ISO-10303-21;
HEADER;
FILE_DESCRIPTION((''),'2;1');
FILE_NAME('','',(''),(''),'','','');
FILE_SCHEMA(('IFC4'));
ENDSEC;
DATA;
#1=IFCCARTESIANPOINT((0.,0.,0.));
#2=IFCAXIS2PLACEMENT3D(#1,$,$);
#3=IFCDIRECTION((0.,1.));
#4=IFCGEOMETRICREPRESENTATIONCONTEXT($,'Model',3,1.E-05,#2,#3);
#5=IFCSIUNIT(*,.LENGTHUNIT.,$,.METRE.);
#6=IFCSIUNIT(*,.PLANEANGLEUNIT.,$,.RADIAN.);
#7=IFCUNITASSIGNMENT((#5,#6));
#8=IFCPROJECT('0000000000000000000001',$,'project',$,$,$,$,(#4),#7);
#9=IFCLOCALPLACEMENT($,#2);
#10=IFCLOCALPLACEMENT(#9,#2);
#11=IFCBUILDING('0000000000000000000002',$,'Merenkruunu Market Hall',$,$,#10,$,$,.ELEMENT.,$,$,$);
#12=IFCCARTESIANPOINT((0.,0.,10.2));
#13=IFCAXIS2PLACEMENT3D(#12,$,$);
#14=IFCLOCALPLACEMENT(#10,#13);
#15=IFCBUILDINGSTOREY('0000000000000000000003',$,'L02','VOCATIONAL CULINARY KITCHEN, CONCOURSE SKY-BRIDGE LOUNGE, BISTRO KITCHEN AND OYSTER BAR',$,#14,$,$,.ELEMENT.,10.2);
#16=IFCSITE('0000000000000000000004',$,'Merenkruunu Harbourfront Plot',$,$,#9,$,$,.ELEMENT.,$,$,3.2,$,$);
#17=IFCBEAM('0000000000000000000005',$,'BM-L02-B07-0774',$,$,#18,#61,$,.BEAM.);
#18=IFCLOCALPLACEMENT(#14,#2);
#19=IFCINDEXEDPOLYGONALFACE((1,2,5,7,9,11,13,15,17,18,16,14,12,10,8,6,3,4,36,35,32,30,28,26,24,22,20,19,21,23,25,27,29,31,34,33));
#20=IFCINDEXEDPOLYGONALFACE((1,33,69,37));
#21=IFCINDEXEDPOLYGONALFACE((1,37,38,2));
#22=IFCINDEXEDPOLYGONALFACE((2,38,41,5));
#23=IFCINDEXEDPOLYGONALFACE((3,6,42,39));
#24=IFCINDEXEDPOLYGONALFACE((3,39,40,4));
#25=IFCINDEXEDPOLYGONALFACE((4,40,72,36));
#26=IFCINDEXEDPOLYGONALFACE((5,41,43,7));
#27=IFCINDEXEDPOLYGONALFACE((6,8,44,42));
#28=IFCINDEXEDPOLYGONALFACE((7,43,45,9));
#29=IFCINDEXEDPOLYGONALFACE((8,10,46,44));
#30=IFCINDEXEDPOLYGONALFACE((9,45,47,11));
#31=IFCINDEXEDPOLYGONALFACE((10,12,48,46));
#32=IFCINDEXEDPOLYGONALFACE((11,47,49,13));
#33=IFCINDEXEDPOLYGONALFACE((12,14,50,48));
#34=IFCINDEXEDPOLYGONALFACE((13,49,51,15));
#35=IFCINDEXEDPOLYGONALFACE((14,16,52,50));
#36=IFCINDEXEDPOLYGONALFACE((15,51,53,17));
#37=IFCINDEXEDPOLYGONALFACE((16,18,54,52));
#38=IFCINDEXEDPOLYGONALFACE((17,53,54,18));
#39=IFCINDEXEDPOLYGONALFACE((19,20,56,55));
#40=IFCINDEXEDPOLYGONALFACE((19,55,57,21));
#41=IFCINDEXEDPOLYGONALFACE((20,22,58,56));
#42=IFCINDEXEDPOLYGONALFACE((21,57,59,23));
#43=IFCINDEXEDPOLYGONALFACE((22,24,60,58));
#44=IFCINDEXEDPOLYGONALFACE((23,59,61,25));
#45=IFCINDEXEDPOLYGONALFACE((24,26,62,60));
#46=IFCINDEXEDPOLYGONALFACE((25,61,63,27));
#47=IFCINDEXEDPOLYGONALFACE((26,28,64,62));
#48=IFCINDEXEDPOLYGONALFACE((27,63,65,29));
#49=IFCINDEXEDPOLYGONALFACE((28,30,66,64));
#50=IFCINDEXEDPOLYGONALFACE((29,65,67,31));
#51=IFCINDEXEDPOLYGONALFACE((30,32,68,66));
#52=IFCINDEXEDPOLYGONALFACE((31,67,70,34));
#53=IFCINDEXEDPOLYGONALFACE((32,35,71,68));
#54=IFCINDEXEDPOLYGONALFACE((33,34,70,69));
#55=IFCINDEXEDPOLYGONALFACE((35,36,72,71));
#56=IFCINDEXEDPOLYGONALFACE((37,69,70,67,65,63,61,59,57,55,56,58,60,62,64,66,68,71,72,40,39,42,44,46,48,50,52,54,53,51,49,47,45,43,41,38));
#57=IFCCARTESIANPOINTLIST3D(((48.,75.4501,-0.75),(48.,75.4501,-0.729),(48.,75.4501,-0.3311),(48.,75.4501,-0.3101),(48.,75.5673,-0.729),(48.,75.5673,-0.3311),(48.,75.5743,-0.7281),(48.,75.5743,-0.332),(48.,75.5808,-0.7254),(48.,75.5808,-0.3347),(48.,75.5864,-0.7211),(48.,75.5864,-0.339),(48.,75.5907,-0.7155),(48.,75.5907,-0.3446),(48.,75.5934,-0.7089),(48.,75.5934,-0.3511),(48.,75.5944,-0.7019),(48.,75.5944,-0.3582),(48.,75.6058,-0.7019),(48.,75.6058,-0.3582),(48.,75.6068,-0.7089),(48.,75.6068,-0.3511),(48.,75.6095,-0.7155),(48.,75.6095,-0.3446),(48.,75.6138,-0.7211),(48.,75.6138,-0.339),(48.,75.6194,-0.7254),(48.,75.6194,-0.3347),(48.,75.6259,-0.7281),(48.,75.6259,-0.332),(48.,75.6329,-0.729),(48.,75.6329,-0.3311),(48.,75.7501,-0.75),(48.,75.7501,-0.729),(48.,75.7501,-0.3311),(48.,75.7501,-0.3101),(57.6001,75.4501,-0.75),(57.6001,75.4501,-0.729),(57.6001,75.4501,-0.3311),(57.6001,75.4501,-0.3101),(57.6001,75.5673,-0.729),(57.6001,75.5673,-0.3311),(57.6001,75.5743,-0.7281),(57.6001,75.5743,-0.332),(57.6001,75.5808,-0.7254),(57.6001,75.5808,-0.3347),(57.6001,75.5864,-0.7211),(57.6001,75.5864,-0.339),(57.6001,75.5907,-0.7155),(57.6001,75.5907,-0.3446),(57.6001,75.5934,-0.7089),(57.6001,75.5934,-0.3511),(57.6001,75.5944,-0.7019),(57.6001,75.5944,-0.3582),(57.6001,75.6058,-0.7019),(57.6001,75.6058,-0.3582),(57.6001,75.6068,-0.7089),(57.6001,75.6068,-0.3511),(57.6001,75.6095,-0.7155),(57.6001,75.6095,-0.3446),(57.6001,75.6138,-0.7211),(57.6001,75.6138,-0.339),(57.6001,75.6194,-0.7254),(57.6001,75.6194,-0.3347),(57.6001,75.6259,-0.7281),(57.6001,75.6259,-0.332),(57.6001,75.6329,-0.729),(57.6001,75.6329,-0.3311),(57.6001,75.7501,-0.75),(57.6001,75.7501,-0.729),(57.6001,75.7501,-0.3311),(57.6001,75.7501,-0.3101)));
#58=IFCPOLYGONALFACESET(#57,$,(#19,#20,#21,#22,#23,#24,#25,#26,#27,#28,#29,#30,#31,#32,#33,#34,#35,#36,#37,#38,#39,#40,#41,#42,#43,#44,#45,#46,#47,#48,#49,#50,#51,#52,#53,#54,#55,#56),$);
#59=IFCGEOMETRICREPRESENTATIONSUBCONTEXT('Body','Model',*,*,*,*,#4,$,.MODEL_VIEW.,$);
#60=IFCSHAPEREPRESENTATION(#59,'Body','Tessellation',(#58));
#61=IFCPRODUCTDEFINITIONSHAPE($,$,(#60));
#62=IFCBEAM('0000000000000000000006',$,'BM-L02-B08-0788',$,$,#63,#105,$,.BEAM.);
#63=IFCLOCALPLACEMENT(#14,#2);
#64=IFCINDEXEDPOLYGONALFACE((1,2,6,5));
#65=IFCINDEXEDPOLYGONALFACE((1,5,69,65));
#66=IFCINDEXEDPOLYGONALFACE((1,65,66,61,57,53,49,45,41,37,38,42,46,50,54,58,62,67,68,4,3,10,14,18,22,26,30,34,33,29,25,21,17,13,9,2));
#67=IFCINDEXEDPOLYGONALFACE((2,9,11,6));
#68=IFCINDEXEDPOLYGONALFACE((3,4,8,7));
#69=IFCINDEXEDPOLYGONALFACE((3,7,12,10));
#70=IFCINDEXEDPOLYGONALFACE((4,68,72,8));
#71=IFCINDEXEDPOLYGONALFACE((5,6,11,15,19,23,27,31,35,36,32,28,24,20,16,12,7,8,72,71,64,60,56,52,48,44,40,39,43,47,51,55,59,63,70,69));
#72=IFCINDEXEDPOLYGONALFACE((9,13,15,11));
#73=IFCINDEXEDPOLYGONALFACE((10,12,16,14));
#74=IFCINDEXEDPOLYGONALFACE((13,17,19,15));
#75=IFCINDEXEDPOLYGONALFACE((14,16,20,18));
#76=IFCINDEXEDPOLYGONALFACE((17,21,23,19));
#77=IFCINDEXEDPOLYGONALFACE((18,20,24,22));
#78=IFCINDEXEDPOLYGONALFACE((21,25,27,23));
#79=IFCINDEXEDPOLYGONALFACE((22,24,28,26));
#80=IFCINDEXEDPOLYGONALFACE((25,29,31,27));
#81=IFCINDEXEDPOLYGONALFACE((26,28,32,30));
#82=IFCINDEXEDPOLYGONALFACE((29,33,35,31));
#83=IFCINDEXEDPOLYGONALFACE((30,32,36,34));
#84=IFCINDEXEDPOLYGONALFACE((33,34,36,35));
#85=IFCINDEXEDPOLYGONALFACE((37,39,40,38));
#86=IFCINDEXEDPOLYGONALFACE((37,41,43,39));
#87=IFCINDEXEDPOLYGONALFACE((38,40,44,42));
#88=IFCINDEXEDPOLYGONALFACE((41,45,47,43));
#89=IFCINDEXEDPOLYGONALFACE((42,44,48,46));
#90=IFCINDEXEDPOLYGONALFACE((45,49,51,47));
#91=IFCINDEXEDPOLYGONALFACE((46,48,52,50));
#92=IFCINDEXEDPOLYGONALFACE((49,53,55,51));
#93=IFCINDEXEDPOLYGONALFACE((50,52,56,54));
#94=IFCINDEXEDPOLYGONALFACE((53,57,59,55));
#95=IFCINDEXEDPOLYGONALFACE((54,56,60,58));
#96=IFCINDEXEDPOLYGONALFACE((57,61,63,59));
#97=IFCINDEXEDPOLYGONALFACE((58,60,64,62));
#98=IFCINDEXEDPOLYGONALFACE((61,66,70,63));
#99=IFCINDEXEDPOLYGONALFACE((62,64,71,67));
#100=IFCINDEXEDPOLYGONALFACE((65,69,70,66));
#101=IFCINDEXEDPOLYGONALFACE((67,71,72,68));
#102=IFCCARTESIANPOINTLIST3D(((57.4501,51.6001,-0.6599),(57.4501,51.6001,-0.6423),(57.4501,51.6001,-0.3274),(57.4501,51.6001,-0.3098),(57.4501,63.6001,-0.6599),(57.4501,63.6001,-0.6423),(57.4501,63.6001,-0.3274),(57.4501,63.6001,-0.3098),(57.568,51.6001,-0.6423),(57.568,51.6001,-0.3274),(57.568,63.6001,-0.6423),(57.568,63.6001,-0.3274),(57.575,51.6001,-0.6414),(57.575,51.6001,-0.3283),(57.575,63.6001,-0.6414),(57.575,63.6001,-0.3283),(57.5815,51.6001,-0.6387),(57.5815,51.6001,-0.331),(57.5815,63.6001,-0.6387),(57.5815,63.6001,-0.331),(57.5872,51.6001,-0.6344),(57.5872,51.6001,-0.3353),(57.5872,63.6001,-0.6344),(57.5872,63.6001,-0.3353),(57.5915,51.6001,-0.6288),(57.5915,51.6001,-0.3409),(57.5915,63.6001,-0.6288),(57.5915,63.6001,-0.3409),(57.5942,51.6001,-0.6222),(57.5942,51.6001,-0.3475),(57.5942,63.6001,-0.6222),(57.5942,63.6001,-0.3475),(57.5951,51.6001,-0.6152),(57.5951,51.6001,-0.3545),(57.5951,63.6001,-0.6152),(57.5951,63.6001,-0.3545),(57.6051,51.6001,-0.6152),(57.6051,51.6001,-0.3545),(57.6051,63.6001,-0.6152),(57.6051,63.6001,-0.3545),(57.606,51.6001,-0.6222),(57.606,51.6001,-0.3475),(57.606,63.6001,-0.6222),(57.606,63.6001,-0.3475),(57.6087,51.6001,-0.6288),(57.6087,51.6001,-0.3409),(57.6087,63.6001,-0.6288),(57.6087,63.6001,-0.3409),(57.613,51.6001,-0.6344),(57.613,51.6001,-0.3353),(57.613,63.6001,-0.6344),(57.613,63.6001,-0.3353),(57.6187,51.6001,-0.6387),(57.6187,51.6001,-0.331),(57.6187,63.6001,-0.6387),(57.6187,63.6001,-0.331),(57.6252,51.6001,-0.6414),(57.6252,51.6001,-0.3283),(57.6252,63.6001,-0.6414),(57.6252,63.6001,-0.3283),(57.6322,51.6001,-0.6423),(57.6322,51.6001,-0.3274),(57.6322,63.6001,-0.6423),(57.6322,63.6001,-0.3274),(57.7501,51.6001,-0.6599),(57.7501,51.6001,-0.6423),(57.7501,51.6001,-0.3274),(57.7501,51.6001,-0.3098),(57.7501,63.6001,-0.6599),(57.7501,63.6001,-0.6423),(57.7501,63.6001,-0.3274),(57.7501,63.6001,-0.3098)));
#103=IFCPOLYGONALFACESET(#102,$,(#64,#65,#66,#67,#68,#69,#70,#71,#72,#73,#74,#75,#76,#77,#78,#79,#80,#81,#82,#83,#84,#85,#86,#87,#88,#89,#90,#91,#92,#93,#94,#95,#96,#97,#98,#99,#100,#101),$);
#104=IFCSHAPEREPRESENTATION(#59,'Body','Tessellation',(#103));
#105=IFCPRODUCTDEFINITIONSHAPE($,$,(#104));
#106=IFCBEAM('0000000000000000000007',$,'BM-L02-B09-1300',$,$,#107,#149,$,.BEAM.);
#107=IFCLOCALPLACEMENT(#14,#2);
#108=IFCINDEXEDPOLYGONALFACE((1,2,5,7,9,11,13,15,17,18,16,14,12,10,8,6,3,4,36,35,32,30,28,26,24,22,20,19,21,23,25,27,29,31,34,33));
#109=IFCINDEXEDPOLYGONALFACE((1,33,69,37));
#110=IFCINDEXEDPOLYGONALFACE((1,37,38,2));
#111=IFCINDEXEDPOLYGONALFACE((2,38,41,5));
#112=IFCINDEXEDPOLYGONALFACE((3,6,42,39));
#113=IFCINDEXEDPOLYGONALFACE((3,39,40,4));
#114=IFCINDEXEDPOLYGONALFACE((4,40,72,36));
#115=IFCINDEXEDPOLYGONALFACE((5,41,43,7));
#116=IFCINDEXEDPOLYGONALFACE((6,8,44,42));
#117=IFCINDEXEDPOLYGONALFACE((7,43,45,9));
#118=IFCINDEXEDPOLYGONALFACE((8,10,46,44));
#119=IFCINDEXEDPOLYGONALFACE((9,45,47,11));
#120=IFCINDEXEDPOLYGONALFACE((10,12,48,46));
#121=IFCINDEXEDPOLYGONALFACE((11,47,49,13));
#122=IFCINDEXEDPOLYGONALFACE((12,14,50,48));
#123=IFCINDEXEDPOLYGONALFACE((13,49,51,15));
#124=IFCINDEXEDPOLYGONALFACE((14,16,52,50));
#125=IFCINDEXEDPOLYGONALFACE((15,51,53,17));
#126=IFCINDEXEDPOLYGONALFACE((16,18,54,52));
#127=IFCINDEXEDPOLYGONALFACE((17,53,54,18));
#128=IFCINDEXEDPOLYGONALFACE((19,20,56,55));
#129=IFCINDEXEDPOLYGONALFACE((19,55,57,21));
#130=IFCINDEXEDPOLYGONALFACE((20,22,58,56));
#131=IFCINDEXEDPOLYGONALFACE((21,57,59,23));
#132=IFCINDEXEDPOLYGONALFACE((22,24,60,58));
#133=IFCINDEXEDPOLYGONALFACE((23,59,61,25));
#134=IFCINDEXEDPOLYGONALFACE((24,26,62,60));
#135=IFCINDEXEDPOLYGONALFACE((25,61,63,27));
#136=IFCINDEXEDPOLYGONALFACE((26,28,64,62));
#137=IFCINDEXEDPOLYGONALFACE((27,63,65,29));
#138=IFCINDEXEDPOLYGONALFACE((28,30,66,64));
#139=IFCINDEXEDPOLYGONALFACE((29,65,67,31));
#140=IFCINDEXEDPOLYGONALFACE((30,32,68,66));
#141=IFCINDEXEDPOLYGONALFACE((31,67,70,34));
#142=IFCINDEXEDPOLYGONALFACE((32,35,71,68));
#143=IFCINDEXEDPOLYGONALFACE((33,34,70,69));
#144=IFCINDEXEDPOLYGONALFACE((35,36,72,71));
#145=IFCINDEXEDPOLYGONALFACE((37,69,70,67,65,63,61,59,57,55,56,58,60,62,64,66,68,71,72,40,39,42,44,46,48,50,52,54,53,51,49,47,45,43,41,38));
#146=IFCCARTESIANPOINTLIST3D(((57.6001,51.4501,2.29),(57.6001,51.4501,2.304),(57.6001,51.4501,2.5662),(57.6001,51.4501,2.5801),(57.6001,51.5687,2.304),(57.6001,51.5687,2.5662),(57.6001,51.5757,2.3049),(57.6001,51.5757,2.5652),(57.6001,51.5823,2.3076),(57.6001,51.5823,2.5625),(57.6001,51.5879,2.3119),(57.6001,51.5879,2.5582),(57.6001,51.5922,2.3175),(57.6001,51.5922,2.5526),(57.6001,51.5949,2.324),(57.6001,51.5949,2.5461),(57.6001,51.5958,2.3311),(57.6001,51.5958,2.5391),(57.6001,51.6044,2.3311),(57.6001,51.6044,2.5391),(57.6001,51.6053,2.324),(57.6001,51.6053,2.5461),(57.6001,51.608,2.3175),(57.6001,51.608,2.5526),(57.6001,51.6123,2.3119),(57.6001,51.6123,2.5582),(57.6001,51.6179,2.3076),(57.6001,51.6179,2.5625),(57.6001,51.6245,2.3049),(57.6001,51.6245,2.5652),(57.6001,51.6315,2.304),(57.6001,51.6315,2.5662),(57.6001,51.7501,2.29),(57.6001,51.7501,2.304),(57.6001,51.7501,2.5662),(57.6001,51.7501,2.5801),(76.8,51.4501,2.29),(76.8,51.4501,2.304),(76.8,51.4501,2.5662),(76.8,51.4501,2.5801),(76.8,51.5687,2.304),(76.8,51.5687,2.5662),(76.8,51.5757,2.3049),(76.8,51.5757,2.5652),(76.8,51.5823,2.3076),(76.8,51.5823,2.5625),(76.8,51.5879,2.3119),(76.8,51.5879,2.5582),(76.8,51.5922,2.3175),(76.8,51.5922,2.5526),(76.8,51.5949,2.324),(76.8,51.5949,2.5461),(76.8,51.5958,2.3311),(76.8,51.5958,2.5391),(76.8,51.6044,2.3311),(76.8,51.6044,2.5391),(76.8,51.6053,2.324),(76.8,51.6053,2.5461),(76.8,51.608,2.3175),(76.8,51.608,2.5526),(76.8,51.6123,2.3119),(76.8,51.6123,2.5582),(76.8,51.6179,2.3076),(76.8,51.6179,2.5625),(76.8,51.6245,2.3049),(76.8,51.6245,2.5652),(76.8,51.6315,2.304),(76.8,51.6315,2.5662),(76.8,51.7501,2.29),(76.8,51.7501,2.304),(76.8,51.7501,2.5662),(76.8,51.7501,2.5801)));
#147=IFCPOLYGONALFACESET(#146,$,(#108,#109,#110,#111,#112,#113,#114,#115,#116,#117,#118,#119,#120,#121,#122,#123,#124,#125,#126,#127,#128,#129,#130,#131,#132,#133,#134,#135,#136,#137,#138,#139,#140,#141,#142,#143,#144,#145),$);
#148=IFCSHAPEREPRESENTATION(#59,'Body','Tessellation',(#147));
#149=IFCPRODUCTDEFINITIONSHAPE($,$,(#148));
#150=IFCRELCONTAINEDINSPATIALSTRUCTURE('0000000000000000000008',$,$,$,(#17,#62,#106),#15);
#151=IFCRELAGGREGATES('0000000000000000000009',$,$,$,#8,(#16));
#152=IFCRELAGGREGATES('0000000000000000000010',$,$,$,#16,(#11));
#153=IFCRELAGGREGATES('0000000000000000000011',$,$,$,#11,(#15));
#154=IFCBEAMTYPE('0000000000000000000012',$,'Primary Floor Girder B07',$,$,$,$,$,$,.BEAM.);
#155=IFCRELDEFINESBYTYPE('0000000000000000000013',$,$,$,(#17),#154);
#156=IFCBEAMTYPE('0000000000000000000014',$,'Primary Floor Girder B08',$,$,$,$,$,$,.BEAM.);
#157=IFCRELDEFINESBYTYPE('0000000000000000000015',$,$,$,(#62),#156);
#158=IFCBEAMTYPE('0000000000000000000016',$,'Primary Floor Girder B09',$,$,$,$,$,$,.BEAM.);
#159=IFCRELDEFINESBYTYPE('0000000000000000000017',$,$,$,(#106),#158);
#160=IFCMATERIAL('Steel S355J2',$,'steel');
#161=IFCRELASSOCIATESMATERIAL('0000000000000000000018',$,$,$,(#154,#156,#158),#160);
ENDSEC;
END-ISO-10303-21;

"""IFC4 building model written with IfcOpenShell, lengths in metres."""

from ifc_helpers import new_model, si_unit, direction, frame, origin, origin_2d, place, context, subcontext, project, spatial, i_section, extrude, material, material_profile, profile_set, type_object, element, save


model = new_model("IFC4")

# Units and contexts
model_context = context("Model", 3, precision=1e-05, world=origin(), true_north=direction((0.0, 1.0)))
body_context = subcontext(model_context, "Body", "Model", "MODEL_VIEW")
ifc_project = project(units=[si_unit("LENGTHUNIT", "METRE"), si_unit("PLANEANGLEUNIT", "RADIAN")], contexts=[model_context])

# Site, building, storey
site_placement = place(None, origin())
site = spatial("IfcSite", under=ifc_project, at=site_placement, Name="Merenkruunu Harbourfront Plot", CompositionType="ELEMENT", RefElevation=3.2)
building_placement = place(site_placement, origin())
building = spatial("IfcBuilding", under=site, at=building_placement, Name="Merenkruunu Market Hall", CompositionType="ELEMENT")
storey_placement = place(building_placement, frame((0.0, 0.0, 10.2)))
storey = spatial("IfcBuildingStorey", under=building, at=storey_placement, Name="L02", Description="VOCATIONAL CULINARY KITCHEN, CONCOURSE SKY-BRIDGE LOUNGE, BISTRO KITCHEN AND OYSTER BAR", CompositionType="ELEMENT", Elevation=10.2)

# Shared definitions
ifc_material_1 = material(Name="Steel S355J2", Category="steel")

# Beams
ifc_material_profile_1 = material_profile(ifc_material_1, i_section(OverallWidth=0.3, OverallDepth=0.4399, WebThickness=0.0115, FlangeThickness=0.021, FilletRadius=0.0271, at=origin_2d()), Name="HEA 450")
ifc_profile_set_1 = profile_set([ifc_material_profile_1], Name="Steel S355J2")
beam_type_1 = type_object("IfcBeamType", Name="Primary Floor Girder B07", PredefinedType="BEAM", material=ifc_profile_set_1)
beam_1_placement = place(storey_placement, frame((48.0, 75.6001, -0.53), z_axis=(1.0, 0.0, 0.0), x_axis=(0.0, 1.0, 0.0)))
element("IfcBeam", 1, at=beam_1_placement, inside=storey, type_object=beam_type_1, Name="BM-L02-B07-0774", PredefinedType="BEAM", context=body_context, shape_type="SweptSolid", body=[
    extrude(i_section(OverallWidth=0.3, OverallDepth=0.4399, WebThickness=0.0115, FlangeThickness=0.021, FilletRadius=0.0271, at=origin_2d()), origin(), (0.0, 0.0, 1.0), 9.6001),
])
ifc_material_profile_2 = material_profile(ifc_material_1, i_section(OverallWidth=0.3, OverallDepth=0.3501, WebThickness=0.01, FlangeThickness=0.0176, FilletRadius=0.0271, at=origin_2d()), Name="HEA 360")
ifc_profile_set_2 = profile_set([ifc_material_profile_2], Name="Steel S355J2")
beam_type_2 = type_object("IfcBeamType", Name="Primary Floor Girder B08", PredefinedType="BEAM", material=ifc_profile_set_2)
beam_2_placement = place(storey_placement, frame((57.6001, 51.6001, -0.4849), z_axis=(0.0, 1.0, 0.0), x_axis=(-1.0, 0.0, 0.0)))
element("IfcBeam", 2, at=beam_2_placement, inside=storey, type_object=beam_type_2, Name="BM-L02-B08-0788", PredefinedType="BEAM", context=body_context, shape_type="SweptSolid", body=[
    extrude(i_section(OverallWidth=0.3, OverallDepth=0.3501, WebThickness=0.01, FlangeThickness=0.0176, FilletRadius=0.0271, at=origin_2d()), origin(), (0.0, 0.0, 1.0), 12.0),
])
ifc_material_profile_3 = material_profile(ifc_material_1, i_section(OverallWidth=0.3, OverallDepth=0.29, WebThickness=0.0085, FlangeThickness=0.0139, FilletRadius=0.0271, at=origin_2d()), Name="HEA 300")
ifc_profile_set_3 = profile_set([ifc_material_profile_3], Name="Steel S355J2")
beam_type_3 = type_object("IfcBeamType", Name="Primary Floor Girder B09", PredefinedType="BEAM", material=ifc_profile_set_3)
beam_3_placement = place(storey_placement, frame((57.6001, 51.6001, 2.4351), z_axis=(1.0, 0.0, 0.0), x_axis=(0.0, 1.0, 0.0)))
element("IfcBeam", 3, at=beam_3_placement, inside=storey, type_object=beam_type_3, Name="BM-L02-B09-1300", PredefinedType="BEAM", context=body_context, shape_type="SweptSolid", body=[
    extrude(i_section(OverallWidth=0.3, OverallDepth=0.29, WebThickness=0.0085, FlangeThickness=0.0139, FilletRadius=0.0271, at=origin_2d()), origin(), (0.0, 0.0, 1.0), 19.2),
])

save(model, "model.ifc")
